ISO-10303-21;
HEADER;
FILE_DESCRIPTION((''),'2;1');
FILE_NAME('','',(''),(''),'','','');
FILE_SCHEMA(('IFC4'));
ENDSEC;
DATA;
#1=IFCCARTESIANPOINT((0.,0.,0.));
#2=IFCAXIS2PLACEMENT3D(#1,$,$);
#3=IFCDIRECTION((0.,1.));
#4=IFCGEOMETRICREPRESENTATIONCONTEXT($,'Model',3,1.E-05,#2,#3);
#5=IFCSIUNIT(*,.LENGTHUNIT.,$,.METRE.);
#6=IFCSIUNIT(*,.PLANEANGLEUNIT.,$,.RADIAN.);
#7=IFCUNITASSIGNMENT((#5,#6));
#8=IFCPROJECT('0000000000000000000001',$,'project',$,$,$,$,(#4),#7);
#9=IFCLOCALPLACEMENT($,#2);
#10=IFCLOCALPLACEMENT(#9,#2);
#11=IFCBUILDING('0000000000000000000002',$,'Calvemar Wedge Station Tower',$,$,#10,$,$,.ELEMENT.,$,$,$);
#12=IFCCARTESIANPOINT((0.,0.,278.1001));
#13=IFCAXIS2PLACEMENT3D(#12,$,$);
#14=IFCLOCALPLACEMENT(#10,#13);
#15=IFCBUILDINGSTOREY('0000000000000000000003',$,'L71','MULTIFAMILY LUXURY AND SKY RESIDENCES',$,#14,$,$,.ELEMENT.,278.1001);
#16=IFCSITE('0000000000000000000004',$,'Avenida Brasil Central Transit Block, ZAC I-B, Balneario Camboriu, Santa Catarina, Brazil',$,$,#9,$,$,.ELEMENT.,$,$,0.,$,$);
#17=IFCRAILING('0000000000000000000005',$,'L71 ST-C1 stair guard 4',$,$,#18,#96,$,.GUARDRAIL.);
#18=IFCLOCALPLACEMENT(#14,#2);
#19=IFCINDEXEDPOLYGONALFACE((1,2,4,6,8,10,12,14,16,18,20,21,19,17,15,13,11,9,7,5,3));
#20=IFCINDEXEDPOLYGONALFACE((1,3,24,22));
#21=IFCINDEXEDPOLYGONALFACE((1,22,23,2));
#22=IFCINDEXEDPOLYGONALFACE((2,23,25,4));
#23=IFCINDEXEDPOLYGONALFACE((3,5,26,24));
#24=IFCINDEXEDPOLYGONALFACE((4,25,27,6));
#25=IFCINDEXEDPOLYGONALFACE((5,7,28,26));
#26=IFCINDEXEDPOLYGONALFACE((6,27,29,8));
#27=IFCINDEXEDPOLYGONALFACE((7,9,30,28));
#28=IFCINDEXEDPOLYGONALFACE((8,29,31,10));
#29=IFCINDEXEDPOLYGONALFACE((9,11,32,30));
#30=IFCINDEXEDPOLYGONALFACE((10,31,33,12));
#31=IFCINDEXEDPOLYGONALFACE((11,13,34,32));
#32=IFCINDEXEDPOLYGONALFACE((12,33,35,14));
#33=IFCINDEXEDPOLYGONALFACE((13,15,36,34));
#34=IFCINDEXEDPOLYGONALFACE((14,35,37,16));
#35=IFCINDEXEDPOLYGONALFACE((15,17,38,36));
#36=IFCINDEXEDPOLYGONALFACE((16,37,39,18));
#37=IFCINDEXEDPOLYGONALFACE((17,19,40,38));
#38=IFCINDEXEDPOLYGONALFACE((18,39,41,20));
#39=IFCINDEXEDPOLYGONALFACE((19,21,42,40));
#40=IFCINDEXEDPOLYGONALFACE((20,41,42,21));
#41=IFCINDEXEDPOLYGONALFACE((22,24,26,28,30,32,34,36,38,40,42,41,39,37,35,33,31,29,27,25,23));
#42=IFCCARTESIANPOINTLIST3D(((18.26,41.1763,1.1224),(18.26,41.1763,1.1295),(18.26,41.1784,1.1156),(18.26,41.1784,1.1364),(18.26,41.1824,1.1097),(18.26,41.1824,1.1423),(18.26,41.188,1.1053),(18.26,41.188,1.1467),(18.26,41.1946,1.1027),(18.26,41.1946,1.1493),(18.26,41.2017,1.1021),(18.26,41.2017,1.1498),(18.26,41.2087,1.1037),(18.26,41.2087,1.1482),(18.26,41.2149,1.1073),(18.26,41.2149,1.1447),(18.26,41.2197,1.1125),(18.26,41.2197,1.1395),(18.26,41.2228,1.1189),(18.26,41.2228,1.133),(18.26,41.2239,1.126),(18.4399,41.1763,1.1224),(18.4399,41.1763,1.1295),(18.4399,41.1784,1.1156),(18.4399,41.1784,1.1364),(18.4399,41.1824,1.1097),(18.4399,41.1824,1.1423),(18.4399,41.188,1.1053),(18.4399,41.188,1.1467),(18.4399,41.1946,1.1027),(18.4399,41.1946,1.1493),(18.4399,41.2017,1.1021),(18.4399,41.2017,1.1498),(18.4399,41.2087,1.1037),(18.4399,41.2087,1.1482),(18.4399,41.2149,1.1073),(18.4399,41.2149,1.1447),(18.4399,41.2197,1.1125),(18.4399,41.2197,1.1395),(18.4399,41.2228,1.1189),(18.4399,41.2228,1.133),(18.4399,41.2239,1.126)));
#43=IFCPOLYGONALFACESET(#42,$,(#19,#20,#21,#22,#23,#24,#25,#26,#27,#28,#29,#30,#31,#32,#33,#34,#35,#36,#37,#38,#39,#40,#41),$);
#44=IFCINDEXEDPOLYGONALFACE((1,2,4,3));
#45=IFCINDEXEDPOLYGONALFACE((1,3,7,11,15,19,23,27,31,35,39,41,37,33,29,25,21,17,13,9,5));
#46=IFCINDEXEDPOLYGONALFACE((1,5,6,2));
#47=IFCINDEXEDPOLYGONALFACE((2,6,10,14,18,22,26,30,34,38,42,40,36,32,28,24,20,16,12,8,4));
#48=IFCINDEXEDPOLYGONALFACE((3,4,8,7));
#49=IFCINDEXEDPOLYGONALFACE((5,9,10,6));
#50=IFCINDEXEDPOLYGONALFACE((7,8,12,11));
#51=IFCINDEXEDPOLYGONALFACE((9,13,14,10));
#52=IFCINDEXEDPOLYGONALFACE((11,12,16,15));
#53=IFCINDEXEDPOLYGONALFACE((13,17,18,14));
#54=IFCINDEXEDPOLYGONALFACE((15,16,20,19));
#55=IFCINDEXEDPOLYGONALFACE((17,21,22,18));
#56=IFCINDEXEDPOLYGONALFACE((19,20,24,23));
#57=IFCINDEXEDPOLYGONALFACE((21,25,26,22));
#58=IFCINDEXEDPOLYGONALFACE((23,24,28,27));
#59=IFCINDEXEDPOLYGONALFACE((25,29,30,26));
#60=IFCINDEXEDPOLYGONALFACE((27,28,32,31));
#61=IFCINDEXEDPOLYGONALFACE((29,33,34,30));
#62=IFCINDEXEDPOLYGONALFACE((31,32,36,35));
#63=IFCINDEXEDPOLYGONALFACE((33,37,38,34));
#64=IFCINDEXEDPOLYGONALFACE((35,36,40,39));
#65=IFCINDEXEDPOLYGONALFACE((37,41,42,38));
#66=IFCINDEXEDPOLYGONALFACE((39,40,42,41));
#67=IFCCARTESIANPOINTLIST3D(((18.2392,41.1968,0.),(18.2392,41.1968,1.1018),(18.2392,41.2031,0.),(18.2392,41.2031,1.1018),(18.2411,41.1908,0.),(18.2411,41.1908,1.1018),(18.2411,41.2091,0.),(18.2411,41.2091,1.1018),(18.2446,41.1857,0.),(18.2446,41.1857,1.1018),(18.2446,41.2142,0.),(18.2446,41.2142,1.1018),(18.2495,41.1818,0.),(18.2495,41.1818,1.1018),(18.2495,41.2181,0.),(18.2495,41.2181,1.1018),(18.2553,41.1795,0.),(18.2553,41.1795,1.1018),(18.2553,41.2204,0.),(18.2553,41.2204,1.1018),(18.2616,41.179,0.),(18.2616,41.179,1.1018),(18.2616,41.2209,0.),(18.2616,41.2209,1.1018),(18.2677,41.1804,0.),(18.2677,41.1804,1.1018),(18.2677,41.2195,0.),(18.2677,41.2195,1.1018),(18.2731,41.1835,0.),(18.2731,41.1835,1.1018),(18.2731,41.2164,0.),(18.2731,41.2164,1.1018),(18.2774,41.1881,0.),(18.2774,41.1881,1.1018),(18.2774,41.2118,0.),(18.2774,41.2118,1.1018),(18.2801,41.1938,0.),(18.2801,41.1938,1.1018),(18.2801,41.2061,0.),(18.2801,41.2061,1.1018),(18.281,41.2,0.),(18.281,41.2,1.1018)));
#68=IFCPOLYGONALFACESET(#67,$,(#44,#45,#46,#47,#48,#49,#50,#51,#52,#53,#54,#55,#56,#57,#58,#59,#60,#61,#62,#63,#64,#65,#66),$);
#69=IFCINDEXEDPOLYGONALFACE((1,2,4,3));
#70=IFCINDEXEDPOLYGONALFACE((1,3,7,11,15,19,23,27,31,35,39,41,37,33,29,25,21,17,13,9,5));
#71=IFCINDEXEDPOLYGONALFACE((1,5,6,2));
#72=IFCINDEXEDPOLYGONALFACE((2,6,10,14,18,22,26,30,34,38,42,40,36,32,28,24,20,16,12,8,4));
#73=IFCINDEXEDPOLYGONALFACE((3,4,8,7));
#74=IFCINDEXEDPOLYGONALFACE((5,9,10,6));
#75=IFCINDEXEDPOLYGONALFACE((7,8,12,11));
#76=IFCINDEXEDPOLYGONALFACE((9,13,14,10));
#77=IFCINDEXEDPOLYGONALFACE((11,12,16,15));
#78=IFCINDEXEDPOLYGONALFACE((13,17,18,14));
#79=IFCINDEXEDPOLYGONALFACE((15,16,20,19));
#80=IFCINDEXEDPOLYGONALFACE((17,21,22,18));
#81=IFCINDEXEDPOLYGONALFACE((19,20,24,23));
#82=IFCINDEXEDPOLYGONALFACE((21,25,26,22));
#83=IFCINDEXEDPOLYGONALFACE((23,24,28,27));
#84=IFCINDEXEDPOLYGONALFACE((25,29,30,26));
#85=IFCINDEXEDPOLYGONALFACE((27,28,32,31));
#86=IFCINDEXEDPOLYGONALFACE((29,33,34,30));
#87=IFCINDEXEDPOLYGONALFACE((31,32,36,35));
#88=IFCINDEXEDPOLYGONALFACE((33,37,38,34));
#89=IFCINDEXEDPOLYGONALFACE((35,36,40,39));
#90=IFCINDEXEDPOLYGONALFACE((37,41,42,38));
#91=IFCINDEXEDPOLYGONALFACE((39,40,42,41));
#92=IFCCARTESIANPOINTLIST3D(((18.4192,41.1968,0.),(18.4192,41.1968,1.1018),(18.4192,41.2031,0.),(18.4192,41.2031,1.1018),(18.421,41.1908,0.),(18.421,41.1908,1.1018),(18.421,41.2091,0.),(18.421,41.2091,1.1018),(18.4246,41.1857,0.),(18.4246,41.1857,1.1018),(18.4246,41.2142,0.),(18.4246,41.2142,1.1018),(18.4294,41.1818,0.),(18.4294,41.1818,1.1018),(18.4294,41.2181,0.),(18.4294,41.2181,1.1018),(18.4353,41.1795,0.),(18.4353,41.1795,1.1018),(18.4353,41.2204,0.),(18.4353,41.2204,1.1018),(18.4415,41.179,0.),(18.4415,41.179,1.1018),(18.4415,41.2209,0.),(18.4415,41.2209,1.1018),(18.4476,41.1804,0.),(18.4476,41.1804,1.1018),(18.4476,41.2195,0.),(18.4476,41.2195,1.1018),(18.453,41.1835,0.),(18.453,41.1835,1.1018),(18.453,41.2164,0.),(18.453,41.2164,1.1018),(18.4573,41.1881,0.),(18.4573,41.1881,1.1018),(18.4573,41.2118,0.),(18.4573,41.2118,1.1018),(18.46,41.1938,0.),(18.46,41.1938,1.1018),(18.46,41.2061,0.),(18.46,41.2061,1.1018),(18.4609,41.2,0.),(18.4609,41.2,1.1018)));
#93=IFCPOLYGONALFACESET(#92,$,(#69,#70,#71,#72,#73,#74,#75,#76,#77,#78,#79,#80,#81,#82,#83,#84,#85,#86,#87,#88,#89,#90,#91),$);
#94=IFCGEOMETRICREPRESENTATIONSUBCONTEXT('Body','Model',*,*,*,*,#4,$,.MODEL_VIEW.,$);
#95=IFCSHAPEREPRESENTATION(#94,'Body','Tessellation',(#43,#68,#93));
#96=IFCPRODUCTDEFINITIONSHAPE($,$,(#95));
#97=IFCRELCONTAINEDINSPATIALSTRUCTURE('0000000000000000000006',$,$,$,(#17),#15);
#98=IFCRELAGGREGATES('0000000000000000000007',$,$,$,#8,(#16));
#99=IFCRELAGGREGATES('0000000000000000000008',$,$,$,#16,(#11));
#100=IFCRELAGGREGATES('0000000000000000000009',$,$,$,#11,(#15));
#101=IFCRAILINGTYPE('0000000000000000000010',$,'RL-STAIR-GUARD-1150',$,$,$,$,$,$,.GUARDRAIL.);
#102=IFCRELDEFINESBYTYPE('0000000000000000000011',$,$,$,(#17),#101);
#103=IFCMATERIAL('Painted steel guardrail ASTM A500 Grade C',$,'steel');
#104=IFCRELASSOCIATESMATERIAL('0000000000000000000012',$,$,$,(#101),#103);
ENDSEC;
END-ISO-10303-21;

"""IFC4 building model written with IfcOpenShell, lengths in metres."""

from ifc_helpers import new_model, si_unit, direction, frame, origin, origin_2d, place, context, subcontext, project, spatial, circle, extrude, material, type_object, element, save


model = new_model("IFC4")

# Units and contexts
model_context = context("Model", 3, precision=1e-05, world=origin(), true_north=direction((0.0, 1.0)))
body_context = subcontext(model_context, "Body", "Model", "MODEL_VIEW")
ifc_project = project(units=[si_unit("LENGTHUNIT", "METRE"), si_unit("PLANEANGLEUNIT", "RADIAN")], contexts=[model_context])

# Site, building, storey
site_placement = place(None, origin())
site = spatial("IfcSite", under=ifc_project, at=site_placement, Name="Avenida Brasil Central Transit Block, ZAC I-B, Balneario Camboriu, Santa Catarina, Brazil", CompositionType="ELEMENT", RefElevation=0.0)
building_placement = place(site_placement, origin())
building = spatial("IfcBuilding", under=site, at=building_placement, Name="Calvemar Wedge Station Tower", CompositionType="ELEMENT")
storey_placement = place(building_placement, frame((0.0, 0.0, 278.1001)))
storey = spatial("IfcBuildingStorey", under=building, at=storey_placement, Name="L71", Description="MULTIFAMILY LUXURY AND SKY RESIDENCES", CompositionType="ELEMENT", Elevation=278.1001)

# Railing
ifc_material_1 = material(Name="Painted steel guardrail ASTM A500 Grade C", Category="steel")
railing_type_1 = type_object("IfcRailingType", Name="RL-STAIR-GUARD-1150", PredefinedType="GUARDRAIL", material=ifc_material_1)
railing_1_placement = place(storey_placement, frame((18.26, 41.2, 0.0)))
element("IfcRailing", 1, at=railing_1_placement, inside=storey, type_object=railing_type_1, Name="L71 ST-C1 stair guard 4", PredefinedType="GUARDRAIL", context=body_context, shape_type="SweptSolid", body=[
    extrude(circle(Radius=0.0239, at=origin_2d()), frame((0.0, 0.0, 1.126), z_axis=(1.0, 0.0, 0.0), x_axis=(0.0, 1.0, 0.0)), (0.0, 0.0, 1.0), 0.1799),
    extrude(circle(Radius=0.021, at=origin_2d()), origin(), (0.0, 0.0, 1.0), 1.1018),
    extrude(circle(Radius=0.021, at=origin_2d()), frame((0.1799, 0.0, 0.0)), (0.0, 0.0, 1.0), 1.1018),
])

save(model, "model.ifc")
